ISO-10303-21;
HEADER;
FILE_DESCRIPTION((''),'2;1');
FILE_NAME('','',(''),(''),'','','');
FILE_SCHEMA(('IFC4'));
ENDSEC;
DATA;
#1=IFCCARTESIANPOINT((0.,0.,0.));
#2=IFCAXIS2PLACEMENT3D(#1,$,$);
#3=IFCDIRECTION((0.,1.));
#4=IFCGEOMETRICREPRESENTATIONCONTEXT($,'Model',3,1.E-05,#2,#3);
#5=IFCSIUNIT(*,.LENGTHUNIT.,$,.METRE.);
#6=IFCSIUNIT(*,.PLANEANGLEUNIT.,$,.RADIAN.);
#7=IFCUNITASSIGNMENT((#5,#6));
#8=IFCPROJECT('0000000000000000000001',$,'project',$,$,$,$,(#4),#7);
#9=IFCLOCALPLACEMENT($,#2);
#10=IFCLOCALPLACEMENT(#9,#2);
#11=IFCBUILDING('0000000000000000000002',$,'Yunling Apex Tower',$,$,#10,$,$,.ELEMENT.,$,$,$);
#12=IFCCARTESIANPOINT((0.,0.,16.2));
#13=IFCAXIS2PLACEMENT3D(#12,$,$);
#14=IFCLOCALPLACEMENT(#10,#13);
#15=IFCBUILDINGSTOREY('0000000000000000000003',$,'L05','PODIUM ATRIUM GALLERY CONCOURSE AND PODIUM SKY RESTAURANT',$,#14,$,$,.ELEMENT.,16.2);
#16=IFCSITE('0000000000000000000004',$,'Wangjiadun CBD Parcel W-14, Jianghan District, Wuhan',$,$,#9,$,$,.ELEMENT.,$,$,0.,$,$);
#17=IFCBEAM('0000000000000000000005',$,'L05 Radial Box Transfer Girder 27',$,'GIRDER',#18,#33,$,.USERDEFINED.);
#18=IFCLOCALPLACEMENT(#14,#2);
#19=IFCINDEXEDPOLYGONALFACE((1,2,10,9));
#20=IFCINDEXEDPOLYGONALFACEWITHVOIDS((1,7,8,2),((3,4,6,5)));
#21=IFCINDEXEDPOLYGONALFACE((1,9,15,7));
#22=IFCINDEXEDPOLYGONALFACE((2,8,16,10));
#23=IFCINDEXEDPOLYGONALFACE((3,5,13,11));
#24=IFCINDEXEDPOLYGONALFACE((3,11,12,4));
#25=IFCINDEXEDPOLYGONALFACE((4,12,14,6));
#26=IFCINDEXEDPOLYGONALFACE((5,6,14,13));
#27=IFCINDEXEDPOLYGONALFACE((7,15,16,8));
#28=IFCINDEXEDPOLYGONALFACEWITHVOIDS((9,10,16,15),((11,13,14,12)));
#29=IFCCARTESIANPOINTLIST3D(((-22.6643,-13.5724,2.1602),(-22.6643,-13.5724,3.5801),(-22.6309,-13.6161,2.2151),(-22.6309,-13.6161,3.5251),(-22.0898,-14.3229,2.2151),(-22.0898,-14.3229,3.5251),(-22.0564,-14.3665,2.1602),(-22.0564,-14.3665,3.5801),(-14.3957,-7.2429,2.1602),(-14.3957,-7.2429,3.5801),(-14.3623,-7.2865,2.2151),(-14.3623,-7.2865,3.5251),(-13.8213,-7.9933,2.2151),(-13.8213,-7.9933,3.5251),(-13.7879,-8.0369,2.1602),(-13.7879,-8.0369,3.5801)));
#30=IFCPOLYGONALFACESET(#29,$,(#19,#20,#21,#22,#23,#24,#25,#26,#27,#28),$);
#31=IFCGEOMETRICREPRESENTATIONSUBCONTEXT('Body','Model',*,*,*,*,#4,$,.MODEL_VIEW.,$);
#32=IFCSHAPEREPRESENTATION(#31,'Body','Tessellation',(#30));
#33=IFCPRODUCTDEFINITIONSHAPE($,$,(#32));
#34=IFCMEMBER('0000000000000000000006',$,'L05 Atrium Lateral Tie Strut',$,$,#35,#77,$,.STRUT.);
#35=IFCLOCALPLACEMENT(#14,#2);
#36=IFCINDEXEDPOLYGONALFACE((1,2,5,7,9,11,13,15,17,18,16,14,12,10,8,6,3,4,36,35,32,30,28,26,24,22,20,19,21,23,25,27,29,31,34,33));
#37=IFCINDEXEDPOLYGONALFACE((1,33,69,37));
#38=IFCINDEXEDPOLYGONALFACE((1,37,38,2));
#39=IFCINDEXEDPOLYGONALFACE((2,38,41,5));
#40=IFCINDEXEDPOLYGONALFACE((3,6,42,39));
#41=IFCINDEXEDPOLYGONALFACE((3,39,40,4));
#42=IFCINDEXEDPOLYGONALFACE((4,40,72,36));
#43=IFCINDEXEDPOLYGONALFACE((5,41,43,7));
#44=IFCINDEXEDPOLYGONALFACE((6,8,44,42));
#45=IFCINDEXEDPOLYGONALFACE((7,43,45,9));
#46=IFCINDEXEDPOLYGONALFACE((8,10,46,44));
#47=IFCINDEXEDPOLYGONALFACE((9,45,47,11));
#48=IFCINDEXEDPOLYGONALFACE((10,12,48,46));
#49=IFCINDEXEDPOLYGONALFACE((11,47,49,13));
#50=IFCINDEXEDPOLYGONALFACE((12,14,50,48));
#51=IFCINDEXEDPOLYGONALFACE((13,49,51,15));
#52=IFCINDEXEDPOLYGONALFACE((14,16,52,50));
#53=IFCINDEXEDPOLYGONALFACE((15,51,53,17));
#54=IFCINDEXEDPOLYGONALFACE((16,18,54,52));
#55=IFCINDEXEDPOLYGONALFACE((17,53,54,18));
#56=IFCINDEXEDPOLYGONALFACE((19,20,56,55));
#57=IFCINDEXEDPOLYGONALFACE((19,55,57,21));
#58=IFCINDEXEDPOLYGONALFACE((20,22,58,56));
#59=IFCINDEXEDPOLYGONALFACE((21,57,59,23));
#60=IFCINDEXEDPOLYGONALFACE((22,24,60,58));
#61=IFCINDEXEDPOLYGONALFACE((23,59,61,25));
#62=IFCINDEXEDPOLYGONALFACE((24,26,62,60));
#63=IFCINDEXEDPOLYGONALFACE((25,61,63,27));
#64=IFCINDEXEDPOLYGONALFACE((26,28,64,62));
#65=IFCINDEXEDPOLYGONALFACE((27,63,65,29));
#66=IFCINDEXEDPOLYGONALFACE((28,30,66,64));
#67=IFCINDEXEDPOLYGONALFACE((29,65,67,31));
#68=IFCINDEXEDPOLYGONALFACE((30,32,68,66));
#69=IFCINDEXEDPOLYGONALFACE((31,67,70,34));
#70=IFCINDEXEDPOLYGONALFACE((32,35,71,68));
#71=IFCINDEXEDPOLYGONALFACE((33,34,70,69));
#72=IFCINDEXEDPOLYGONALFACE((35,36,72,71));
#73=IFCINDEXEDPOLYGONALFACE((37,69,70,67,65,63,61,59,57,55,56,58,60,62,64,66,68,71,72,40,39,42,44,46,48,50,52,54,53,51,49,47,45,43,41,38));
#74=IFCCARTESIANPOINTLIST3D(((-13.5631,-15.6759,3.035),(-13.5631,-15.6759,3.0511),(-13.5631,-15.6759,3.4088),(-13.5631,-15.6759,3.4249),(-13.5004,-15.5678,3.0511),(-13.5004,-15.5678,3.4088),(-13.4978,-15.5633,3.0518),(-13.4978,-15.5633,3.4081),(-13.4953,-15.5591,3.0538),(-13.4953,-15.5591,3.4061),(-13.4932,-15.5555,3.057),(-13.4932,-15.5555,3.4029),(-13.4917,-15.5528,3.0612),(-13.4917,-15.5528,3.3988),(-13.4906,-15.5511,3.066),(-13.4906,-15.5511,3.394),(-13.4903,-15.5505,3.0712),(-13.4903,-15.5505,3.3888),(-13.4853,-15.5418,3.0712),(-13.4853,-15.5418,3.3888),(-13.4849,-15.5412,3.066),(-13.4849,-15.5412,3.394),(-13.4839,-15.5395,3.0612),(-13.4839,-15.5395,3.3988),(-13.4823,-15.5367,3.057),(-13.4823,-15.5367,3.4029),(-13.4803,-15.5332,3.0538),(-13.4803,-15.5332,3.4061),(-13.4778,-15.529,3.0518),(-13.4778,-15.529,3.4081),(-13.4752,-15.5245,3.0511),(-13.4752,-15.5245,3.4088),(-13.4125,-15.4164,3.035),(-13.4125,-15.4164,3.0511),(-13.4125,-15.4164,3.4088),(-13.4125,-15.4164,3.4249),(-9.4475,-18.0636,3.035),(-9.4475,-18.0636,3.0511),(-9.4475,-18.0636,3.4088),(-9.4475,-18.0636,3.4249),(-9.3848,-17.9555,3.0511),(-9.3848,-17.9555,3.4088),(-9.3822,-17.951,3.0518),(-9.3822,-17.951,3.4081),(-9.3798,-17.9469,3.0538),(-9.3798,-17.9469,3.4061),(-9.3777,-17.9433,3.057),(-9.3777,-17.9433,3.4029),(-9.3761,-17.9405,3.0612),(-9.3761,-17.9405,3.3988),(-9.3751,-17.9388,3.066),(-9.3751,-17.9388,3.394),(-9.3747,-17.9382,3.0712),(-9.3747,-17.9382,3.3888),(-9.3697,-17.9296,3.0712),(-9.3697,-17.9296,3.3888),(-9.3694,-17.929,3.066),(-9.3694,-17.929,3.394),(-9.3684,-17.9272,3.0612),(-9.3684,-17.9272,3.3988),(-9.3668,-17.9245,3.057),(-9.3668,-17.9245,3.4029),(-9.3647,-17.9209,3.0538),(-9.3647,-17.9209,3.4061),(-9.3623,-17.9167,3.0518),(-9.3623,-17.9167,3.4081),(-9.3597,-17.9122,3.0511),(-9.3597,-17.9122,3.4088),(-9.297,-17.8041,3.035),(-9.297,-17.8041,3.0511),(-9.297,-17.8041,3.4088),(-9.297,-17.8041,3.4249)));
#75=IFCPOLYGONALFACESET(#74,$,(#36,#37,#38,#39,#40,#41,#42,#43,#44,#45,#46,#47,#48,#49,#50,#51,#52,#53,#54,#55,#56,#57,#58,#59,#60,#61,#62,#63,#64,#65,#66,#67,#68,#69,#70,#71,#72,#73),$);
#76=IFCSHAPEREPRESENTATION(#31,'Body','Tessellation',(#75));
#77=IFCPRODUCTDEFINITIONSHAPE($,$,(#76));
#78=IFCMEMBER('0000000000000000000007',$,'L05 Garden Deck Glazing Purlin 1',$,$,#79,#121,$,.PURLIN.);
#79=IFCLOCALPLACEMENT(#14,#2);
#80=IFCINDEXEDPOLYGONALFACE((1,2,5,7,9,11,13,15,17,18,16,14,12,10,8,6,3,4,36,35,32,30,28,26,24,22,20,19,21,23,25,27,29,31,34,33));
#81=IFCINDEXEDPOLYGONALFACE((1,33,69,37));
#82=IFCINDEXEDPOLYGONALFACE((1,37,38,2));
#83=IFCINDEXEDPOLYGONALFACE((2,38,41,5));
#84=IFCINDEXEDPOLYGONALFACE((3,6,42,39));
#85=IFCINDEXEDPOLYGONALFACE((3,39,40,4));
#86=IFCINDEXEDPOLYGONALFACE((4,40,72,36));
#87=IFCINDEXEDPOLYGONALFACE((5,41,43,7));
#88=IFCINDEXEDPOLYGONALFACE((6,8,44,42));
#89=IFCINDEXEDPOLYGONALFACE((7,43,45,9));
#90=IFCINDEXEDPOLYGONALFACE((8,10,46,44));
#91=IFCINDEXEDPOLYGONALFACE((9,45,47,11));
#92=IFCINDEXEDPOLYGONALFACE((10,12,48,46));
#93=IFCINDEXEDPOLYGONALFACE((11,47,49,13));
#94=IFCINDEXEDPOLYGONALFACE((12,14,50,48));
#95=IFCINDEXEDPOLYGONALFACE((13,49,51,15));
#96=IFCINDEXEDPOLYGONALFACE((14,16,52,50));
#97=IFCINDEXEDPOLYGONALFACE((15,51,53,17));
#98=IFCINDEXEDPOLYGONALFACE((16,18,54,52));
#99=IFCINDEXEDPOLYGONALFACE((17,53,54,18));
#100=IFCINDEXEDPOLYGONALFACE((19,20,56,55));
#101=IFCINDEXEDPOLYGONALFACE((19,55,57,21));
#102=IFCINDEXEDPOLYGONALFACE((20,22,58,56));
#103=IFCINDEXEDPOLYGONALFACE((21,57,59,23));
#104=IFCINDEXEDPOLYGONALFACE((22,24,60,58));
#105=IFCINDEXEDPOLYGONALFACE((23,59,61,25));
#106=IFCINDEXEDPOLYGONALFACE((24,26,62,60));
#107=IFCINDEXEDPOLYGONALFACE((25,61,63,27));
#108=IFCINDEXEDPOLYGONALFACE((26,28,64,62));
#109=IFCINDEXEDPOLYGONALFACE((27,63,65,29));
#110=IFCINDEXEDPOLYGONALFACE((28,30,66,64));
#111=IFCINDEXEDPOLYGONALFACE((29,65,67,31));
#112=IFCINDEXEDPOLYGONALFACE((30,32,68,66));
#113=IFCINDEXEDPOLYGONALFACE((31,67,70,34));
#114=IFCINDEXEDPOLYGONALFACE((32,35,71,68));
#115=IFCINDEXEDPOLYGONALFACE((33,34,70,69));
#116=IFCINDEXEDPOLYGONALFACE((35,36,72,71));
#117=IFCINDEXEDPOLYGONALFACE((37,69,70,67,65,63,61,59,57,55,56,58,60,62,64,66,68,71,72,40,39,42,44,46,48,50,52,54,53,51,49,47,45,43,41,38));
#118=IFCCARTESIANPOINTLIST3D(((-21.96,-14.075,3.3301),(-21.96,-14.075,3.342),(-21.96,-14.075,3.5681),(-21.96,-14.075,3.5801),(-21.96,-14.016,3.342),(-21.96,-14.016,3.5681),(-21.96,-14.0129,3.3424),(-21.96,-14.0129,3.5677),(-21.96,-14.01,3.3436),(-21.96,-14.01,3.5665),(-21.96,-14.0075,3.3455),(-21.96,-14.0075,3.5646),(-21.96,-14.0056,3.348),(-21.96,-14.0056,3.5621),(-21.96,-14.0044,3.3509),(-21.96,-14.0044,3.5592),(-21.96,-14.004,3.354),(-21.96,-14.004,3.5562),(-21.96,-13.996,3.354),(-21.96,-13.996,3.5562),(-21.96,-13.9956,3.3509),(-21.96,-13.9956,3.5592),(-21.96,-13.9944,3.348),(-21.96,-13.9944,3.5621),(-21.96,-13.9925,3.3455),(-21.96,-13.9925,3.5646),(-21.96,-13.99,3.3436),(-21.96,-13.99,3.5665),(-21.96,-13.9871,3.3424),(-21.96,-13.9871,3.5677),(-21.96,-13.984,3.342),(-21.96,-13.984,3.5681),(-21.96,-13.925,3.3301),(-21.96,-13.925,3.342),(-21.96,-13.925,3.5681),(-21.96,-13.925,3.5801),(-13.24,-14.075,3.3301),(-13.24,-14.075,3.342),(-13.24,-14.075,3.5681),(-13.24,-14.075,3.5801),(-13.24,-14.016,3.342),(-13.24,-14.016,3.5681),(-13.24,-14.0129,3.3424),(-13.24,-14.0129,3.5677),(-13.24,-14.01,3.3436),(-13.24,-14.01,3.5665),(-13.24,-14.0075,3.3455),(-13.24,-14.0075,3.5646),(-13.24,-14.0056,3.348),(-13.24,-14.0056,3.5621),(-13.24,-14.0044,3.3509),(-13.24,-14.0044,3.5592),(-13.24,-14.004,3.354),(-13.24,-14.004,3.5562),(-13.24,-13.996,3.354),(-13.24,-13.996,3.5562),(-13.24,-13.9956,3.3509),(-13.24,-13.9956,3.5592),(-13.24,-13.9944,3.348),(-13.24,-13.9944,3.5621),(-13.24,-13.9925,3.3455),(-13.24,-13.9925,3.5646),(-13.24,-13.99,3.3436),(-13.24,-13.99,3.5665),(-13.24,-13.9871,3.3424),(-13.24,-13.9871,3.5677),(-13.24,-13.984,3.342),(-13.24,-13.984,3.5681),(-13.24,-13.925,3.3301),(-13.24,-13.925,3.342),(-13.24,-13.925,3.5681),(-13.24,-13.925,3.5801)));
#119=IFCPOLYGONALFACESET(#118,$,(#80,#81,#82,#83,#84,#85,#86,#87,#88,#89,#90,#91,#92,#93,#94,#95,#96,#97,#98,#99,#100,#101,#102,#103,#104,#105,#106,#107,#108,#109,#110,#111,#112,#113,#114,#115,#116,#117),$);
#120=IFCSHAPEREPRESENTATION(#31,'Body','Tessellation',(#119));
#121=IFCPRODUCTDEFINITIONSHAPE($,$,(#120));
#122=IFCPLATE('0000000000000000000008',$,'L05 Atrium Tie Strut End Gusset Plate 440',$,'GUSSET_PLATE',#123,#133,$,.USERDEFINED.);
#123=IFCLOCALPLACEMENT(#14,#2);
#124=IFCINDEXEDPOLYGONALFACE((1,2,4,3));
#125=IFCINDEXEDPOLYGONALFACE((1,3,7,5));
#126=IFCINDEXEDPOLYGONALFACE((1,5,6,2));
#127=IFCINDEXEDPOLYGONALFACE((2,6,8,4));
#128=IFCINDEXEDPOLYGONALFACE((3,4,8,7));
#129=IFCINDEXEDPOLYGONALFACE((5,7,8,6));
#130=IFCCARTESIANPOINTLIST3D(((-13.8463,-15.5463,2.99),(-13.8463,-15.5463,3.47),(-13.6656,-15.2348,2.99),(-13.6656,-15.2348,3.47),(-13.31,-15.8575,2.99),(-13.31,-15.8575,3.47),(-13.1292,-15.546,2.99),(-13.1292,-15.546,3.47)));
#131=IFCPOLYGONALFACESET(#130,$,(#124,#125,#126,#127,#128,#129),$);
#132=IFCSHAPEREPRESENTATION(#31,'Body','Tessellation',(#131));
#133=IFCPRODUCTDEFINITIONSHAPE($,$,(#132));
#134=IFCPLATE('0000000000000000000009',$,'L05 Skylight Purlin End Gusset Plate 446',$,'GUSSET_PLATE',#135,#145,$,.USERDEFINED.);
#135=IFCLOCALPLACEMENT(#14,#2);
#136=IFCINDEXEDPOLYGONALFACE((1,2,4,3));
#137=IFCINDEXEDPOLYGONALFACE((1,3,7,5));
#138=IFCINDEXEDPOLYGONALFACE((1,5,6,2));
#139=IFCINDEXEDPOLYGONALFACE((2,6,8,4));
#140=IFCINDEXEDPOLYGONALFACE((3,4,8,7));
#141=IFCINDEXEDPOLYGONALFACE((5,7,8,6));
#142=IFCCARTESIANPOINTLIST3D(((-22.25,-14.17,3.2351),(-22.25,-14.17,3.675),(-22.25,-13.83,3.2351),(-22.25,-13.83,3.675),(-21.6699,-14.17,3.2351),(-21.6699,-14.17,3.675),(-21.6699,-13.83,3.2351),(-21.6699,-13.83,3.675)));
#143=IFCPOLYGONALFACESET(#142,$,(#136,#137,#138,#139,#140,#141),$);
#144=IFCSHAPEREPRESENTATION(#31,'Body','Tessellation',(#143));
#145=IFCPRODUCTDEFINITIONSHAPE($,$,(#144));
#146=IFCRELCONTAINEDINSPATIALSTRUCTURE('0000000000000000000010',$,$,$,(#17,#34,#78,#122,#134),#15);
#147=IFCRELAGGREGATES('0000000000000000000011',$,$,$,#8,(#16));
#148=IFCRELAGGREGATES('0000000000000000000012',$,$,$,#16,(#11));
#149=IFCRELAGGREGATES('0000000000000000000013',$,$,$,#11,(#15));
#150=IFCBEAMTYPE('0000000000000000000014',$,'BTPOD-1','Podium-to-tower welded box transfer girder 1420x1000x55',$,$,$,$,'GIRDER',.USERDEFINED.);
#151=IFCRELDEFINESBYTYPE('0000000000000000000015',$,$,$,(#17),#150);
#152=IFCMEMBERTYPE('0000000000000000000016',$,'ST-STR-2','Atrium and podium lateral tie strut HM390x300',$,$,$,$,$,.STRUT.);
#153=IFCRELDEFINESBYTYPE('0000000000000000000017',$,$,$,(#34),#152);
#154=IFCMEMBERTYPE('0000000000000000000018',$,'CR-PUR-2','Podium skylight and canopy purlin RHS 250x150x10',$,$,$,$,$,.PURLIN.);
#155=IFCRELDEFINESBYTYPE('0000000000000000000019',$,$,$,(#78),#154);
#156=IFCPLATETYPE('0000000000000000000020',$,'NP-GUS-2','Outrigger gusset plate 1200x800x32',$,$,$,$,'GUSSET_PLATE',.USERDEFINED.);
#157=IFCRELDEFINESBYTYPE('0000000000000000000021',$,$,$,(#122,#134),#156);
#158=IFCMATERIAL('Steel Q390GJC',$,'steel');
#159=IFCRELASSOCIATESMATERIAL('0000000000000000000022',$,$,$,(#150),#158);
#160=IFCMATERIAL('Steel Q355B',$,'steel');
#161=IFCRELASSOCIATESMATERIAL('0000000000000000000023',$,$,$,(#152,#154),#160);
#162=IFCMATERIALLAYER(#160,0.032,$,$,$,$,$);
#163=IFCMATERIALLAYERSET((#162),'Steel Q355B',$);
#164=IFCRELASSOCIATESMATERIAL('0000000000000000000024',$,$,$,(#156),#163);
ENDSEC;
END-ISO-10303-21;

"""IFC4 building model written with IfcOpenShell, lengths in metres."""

from ifc_helpers import new_model, si_unit, direction, frame, origin, origin_2d, place, context, subcontext, project, spatial, rectangle, hollow_rectangle, i_section, extrude, source, transform, mapped, material, layer, layer_set, material_profile, profile_set, type_object, element, save


model = new_model("IFC4")

# Units and contexts
model_context = context("Model", 3, precision=1e-05, world=origin(), true_north=direction((0.0, 1.0)))
body_context = subcontext(model_context, "Body", "Model", "MODEL_VIEW")
ifc_project = project(units=[si_unit("LENGTHUNIT", "METRE"), si_unit("PLANEANGLEUNIT", "RADIAN")], contexts=[model_context])

# Site, building, storey
site_placement = place(None, origin())
site = spatial("IfcSite", under=ifc_project, at=site_placement, Name="Wangjiadun CBD Parcel W-14, Jianghan District, Wuhan", CompositionType="ELEMENT", RefElevation=0.0)
building_placement = place(site_placement, origin())
building = spatial("IfcBuilding", under=site, at=building_placement, Name="Yunling Apex Tower", CompositionType="ELEMENT")
storey_placement = place(building_placement, frame((0.0, 0.0, 16.2)))
storey = spatial("IfcBuildingStorey", under=building, at=storey_placement, Name="L05", Description="PODIUM ATRIUM GALLERY CONCOURSE AND PODIUM SKY RESTAURANT", CompositionType="ELEMENT", Elevation=16.2)

# Beam
ifc_material_1 = material(Name="Steel Q355B", Category="steel")
ifc_material_2 = material(Name="Steel Q390GJC", Category="steel")
ifc_material_profile_1 = material_profile(ifc_material_2, hollow_rectangle(XDim=1.0, YDim=1.4199, WallThickness=0.0549, at=origin_2d()))
ifc_profile_set_1 = profile_set([ifc_material_profile_1], Name="Steel Q390GJC")
beam_type_1 = type_object("IfcBeamType", Name="BTPOD-1", Description="Podium-to-tower welded box transfer girder 1420x1000x55", ElementType="GIRDER", PredefinedType="USERDEFINED", material=ifc_profile_set_1)
shared_shape_1 = source(origin(), body_context, "Body", "SweptSolid", [
    extrude(hollow_rectangle(XDim=1.0, YDim=1.4199, WallThickness=0.0549, at=origin_2d()), origin(), (0.0, 0.0, 1.0), 10.4131),
])
beam_1_placement = place(storey_placement, frame((-14.0918, -7.6399, 2.8701), z_axis=(-0.794053, -0.607849, 0.0), x_axis=(0.607849, -0.794053, 0.0)))
element("IfcBeam", 1, at=beam_1_placement, inside=storey, type_object=beam_type_1, Name="L05 Radial Box Transfer Girder 27", ObjectType="GIRDER", PredefinedType="USERDEFINED", context=body_context, shape_type="MappedRepresentation", body=[
    mapped(shared_shape_1, transform((0.0, 0.0, 0.0), scale=1.0)),
])

# Members
ifc_material_profile_2 = material_profile(ifc_material_1, i_section(OverallWidth=0.3, OverallDepth=0.3899, WebThickness=0.01, FlangeThickness=0.0161, FilletRadius=0.02, at=origin_2d()))
ifc_profile_set_2 = profile_set([ifc_material_profile_2], Name="Steel Q355B")
member_type_1 = type_object("IfcMemberType", Name="ST-STR-2", Description="Atrium and podium lateral tie strut HM390x300", PredefinedType="STRUT", material=ifc_profile_set_2)
shared_shape_2 = source(origin(), body_context, "Body", "SweptSolid", [
    extrude(i_section(OverallWidth=0.3, OverallDepth=0.3899, WebThickness=0.01, FlangeThickness=0.0161, FilletRadius=0.02, at=origin_2d()), origin(), (0.0, 0.0, 1.0), 4.7581),
])
member_1_placement = place(storey_placement, frame((-13.4878, -15.5461, 3.23), z_axis=(0.864966, -0.501831, 0.0), x_axis=(0.501831, 0.864966, 0.0)))
element("IfcMember", 2, at=member_1_placement, inside=storey, type_object=member_type_1, Name="L05 Atrium Lateral Tie Strut", PredefinedType="STRUT", context=body_context, shape_type="MappedRepresentation", body=[
    mapped(shared_shape_2, transform((0.0, 0.0, 0.0), scale=1.0)),
])
ifc_material_profile_3 = material_profile(ifc_material_1, i_section(OverallWidth=0.1499, OverallDepth=0.25, WebThickness=0.0081, FlangeThickness=0.012, FilletRadius=0.012, at=origin_2d()))
ifc_profile_set_3 = profile_set([ifc_material_profile_3], Name="Steel Q355B")
member_type_2 = type_object("IfcMemberType", Name="CR-PUR-2", Description="Podium skylight and canopy purlin RHS 250x150x10", PredefinedType="PURLIN", material=ifc_profile_set_3)
shared_shape_3 = source(origin(), body_context, "Body", "SweptSolid", [
    extrude(i_section(OverallWidth=0.1499, OverallDepth=0.25, WebThickness=0.0081, FlangeThickness=0.012, FilletRadius=0.012, at=origin_2d()), origin(), (0.0, 0.0, 1.0), 8.72),
])
member_2_placement = place(storey_placement, frame((-21.96, -14.0, 3.4551), z_axis=(1.0, 0.0, 0.0), x_axis=(0.0, 1.0, 0.0)))
element("IfcMember", 3, at=member_2_placement, inside=storey, type_object=member_type_2, Name="L05 Garden Deck Glazing Purlin 1", PredefinedType="PURLIN", context=body_context, shape_type="MappedRepresentation", body=[
    mapped(shared_shape_3, transform((0.0, 0.0, 0.0), scale=1.0)),
])

# Plates
ifc_layer_1 = layer(ifc_material_1, 0.032)
ifc_layer_set_1 = layer_set([ifc_layer_1], Name="Steel Q355B")
plate_type = type_object("IfcPlateType", Name="NP-GUS-2", Description="Outrigger gusset plate 1200x800x32", ElementType="GUSSET_PLATE", PredefinedType="USERDEFINED", material=ifc_layer_set_1)
shared_shape_4 = source(origin(), body_context, "Body", "SweptSolid", [
    extrude(rectangle(XDim=0.6201, YDim=0.3601, at=origin_2d()), origin(), (0.0, 0.0, 1.0), 0.48),
])
plate_1_placement = place(storey_placement, frame((-13.4878, -15.5461, 2.99), z_axis=(0.0, 0.0, 1.0), x_axis=(0.864976, -0.501813, 0.0)))
element("IfcPlate", 4, at=plate_1_placement, inside=storey, type_object=plate_type, Name="L05 Atrium Tie Strut End Gusset Plate 440", ObjectType="GUSSET_PLATE", PredefinedType="USERDEFINED", context=body_context, shape_type="MappedRepresentation", body=[
    mapped(shared_shape_4, transform((0.0, 0.0, 0.0), scale=1.0)),
])
shared_shape_5 = source(origin(), body_context, "Body", "SweptSolid", [
    extrude(rectangle(XDim=0.5801, YDim=0.3401, at=origin_2d()), origin(), (0.0, 0.0, 1.0), 0.4399),
])
plate_2_placement = place(storey_placement, frame((-21.96, -14.0, 3.2351), z_axis=(0.0, 0.0, 1.0), x_axis=(1.0, 0.0, 0.0)))
element("IfcPlate", 5, at=plate_2_placement, inside=storey, type_object=plate_type, Name="L05 Skylight Purlin End Gusset Plate 446", ObjectType="GUSSET_PLATE", PredefinedType="USERDEFINED", context=body_context, shape_type="MappedRepresentation", body=[
    mapped(shared_shape_5, transform((0.0, 0.0, 0.0), scale=1.0)),
])

save(model, "model.ifc")
